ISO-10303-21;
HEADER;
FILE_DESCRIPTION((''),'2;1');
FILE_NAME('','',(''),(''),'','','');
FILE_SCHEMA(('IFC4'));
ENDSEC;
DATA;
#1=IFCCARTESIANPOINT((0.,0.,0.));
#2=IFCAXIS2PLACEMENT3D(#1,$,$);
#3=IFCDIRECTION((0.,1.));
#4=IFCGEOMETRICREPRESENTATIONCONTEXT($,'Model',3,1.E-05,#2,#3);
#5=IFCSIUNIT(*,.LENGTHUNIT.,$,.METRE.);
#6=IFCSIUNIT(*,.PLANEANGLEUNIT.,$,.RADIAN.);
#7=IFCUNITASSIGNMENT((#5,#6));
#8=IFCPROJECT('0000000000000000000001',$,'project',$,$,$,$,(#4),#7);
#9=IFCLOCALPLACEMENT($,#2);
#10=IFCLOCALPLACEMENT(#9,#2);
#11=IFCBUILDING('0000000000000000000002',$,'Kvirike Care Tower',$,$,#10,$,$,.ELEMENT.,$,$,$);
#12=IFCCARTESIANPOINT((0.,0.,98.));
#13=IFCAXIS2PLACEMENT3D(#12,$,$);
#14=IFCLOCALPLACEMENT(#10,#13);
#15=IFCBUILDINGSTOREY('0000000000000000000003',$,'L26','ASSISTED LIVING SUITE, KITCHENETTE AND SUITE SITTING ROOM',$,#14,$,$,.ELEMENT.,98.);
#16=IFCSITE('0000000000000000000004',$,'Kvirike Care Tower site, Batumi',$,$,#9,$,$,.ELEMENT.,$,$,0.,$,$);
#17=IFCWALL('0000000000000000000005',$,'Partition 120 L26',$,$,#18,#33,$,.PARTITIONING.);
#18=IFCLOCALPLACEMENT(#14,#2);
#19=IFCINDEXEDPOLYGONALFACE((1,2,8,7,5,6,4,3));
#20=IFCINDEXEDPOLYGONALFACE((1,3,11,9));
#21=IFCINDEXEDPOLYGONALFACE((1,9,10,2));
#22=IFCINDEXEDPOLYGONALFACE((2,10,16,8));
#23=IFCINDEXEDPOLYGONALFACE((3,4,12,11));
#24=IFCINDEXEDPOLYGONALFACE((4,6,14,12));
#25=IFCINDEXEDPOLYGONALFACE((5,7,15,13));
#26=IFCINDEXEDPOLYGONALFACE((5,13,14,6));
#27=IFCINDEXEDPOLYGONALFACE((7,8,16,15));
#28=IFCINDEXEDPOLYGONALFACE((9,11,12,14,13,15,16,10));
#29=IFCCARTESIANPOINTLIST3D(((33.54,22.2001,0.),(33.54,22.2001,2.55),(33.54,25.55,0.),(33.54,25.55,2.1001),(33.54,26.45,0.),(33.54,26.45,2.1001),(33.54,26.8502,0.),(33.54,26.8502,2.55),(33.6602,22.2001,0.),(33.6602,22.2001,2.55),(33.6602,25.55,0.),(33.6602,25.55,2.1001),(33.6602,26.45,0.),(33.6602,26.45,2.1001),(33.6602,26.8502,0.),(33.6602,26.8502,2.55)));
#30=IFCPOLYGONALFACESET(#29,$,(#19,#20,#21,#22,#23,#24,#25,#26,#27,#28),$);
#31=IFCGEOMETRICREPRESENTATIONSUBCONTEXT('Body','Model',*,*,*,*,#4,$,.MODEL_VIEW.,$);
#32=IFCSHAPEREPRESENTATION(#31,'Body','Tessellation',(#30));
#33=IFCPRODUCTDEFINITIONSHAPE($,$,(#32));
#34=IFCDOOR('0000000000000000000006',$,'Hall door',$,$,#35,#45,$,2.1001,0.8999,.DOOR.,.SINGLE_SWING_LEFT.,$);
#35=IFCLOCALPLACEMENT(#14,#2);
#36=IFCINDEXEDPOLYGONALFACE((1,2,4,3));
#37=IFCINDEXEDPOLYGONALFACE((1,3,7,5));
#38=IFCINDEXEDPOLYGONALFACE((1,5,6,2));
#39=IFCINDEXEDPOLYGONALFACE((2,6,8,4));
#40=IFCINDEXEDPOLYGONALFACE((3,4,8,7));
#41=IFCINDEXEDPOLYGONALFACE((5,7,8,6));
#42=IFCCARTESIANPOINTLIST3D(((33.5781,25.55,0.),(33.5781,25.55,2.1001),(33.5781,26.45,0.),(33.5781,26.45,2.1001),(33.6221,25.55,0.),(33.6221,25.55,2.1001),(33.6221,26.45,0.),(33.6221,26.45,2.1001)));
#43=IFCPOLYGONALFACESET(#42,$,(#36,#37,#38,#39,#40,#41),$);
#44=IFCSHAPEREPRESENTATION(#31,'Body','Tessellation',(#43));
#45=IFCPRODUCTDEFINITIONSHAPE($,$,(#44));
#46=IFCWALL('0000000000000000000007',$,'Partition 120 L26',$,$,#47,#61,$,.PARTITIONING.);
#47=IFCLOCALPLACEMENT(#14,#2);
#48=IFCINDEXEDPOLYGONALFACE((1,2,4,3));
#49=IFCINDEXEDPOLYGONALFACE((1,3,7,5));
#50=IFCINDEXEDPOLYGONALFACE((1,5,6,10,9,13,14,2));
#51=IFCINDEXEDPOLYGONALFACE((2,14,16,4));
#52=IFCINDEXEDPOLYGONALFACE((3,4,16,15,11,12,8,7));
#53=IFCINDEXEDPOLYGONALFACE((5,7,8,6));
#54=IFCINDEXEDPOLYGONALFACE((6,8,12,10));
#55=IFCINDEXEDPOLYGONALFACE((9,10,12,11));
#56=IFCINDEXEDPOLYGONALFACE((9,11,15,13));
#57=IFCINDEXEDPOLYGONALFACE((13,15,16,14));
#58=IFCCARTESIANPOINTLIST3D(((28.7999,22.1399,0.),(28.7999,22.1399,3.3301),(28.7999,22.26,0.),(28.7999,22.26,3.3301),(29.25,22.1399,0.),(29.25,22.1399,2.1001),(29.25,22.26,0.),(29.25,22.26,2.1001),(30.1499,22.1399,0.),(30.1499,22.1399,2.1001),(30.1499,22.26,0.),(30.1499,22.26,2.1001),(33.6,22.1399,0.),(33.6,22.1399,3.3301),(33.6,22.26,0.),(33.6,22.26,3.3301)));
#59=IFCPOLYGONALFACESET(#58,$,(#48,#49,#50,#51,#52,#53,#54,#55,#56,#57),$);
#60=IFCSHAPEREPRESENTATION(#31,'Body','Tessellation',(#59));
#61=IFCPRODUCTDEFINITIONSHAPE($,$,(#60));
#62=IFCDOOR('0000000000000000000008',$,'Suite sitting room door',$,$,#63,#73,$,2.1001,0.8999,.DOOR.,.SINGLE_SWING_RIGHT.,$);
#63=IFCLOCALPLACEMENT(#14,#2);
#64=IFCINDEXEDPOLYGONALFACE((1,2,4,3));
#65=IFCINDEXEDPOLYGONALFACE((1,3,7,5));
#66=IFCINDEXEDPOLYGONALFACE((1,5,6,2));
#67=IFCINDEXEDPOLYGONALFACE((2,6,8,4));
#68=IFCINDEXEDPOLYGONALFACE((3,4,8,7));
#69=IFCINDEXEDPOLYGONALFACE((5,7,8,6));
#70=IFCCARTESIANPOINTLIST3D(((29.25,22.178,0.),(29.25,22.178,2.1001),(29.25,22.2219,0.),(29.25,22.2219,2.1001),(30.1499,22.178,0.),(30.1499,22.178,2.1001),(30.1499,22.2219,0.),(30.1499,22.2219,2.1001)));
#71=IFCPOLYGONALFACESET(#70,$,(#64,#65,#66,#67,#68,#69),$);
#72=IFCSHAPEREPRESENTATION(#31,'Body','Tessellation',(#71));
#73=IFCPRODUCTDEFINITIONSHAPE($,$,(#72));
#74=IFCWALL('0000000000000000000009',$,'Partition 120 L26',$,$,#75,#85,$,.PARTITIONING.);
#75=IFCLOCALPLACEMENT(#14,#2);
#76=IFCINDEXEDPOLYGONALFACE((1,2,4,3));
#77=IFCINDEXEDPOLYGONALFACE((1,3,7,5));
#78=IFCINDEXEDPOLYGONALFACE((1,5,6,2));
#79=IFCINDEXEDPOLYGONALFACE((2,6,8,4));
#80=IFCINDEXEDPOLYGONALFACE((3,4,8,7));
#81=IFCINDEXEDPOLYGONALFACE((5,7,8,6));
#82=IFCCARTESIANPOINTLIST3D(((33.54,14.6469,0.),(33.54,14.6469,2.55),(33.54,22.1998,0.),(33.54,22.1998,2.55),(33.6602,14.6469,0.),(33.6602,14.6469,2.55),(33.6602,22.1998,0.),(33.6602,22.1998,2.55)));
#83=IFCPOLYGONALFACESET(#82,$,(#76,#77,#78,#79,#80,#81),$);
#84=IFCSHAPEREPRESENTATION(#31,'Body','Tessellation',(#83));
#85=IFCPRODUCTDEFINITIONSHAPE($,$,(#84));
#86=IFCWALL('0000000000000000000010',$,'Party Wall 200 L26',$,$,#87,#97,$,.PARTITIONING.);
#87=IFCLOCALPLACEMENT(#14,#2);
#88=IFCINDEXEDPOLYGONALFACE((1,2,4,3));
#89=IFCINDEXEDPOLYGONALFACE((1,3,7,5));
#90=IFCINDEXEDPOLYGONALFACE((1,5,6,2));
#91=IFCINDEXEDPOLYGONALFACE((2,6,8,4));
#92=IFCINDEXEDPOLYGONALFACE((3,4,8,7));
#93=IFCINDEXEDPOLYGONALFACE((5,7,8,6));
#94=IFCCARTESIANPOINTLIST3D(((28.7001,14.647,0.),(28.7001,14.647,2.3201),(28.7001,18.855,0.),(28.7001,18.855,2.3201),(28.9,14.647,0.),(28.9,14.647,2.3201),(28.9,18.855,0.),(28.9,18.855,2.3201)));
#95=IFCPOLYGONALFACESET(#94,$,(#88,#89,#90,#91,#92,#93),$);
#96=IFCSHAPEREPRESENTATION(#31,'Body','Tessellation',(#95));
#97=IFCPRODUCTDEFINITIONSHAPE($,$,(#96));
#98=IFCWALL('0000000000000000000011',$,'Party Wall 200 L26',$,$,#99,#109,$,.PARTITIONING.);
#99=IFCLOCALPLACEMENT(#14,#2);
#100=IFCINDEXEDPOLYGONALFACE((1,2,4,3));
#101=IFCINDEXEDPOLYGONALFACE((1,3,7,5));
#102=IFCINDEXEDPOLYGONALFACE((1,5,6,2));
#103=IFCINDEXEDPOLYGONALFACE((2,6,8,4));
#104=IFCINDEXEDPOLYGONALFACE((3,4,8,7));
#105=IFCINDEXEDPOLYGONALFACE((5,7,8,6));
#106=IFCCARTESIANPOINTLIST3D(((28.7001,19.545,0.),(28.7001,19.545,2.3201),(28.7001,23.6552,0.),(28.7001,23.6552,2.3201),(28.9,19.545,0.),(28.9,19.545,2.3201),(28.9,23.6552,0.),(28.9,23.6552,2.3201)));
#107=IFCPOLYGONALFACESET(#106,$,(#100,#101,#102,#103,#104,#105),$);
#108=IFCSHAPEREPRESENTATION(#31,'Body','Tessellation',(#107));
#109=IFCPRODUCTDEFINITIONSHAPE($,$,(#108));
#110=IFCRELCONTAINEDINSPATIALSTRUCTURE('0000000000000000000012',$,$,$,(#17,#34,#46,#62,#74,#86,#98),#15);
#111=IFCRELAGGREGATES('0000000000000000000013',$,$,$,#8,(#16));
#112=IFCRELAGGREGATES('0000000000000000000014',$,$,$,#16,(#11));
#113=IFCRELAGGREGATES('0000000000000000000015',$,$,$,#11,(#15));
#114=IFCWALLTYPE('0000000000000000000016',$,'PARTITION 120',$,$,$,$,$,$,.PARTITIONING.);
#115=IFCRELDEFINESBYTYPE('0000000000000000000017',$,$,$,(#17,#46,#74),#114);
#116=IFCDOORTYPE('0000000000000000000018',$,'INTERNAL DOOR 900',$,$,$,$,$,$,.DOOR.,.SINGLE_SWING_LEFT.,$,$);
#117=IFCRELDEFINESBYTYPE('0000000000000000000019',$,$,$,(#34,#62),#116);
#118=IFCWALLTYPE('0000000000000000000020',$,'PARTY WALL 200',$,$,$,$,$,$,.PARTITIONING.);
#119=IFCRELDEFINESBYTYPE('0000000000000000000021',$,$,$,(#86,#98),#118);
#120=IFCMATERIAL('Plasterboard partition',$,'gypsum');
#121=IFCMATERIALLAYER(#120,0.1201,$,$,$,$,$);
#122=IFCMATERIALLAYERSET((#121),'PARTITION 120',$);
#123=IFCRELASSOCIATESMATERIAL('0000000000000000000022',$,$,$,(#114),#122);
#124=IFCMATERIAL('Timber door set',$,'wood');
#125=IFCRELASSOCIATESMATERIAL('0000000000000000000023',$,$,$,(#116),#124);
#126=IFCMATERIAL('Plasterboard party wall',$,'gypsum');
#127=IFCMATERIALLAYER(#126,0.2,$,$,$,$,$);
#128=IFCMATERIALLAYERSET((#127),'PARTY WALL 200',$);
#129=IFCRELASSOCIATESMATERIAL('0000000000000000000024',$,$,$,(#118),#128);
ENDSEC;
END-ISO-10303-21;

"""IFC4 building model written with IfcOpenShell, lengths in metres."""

from ifc_helpers import new_model, si_unit, direction, frame, frame_2d, origin, place, context, subcontext, project, spatial, rectangle, extrude, material, layer, layer_set, type_object, element, fill, save


model = new_model("IFC4")

# Units and contexts
model_context = context("Model", 3, precision=1e-05, world=origin(), true_north=direction((0.0, 1.0)))
body_context = subcontext(model_context, "Body", "Model", "MODEL_VIEW")
ifc_project = project(units=[si_unit("LENGTHUNIT", "METRE"), si_unit("PLANEANGLEUNIT", "RADIAN")], contexts=[model_context])

# Site, building, storey
site_placement = place(None, origin())
site = spatial("IfcSite", under=ifc_project, at=site_placement, Name="Kvirike Care Tower site, Batumi", CompositionType="ELEMENT", RefElevation=0.0)
building_placement = place(site_placement, origin())
building = spatial("IfcBuilding", under=site, at=building_placement, Name="Kvirike Care Tower", CompositionType="ELEMENT")
storey_placement = place(building_placement, frame((0.0, 0.0, 98.0)))
storey = spatial("IfcBuildingStorey", under=building, at=storey_placement, Name="L26", Description="ASSISTED LIVING SUITE, KITCHENETTE AND SUITE SITTING ROOM", CompositionType="ELEMENT", Elevation=98.0)

# Walls, openings, doors
ifc_material_1 = material(Name="Plasterboard partition", Category="gypsum")
ifc_layer_1 = layer(ifc_material_1, 0.1201)
ifc_layer_set_1 = layer_set([ifc_layer_1], Name="PARTITION 120")
wall_type_1 = type_object("IfcWallType", Name="PARTITION 120", PredefinedType="PARTITIONING", material=ifc_layer_set_1)
wall_1_placement = place(storey_placement, frame((33.6001, 22.2, 0.0), z_axis=(0.0, 0.0, 1.0), x_axis=(0.0, 1.0, 0.0)))
wall_1 = element("IfcWall", 1, at=wall_1_placement, inside=storey, type_object=wall_type_1, Name="Partition 120 L26", PredefinedType="PARTITIONING", context=body_context, shape_type="SweptSolid", body=[
    extrude(rectangle(XDim=4.6501, YDim=0.1201, at=frame_2d((2.3252, 0.0))), origin(), (0.0, 0.0, 1.0), 2.55),
])
opening_1_placement = place(wall_1_placement, frame((3.3501, 0.0, 0.0)))
opening_1 = element("IfcOpeningElement", 2, at=opening_1_placement, cuts=wall_1, PredefinedType="OPENING", context=body_context, shape_type="SweptSolid", body=[
    extrude(rectangle(XDim=0.8999, YDim=2.1001, at=frame_2d((0.45, 1.05))), frame((0.0, 0.0706, 0.0), z_axis=(0.0, -1.0, 0.0), x_axis=(1.0, 0.0, 0.0)), (0.0, 0.0, 1.0), 0.1411),
])
ifc_material_2 = material(Name="Timber door set", Category="wood")
door_type = type_object("IfcDoorType", Name="INTERNAL DOOR 900", OperationType="SINGLE_SWING_LEFT", PredefinedType="DOOR", material=ifc_material_2)
door_1_placement = place(opening_1_placement, origin())
door_1 = element("IfcDoor", 3, at=door_1_placement, inside=storey, type_object=door_type, Name="Hall door", OperationType="SINGLE_SWING_LEFT", OverallHeight=2.1001, OverallWidth=0.8999, PredefinedType="DOOR", context=body_context, shape_type="SweptSolid", body=[
    extrude(rectangle(XDim=0.8999, YDim=2.1001, at=frame_2d((0.45, 1.05))), frame((0.0, 0.022, 0.0), z_axis=(0.0, -1.0, 0.0), x_axis=(1.0, 0.0, 0.0)), (0.0, 0.0, 1.0), 0.0439),
])
fill(opening_1, door_1)
wall_2_placement = place(storey_placement, frame((28.8, 22.2, 0.0), z_axis=(0.0, 0.0, 1.0), x_axis=(1.0, 0.0, 0.0)))
wall_2 = element("IfcWall", 4, at=wall_2_placement, inside=storey, type_object=wall_type_1, Name="Partition 120 L26", PredefinedType="PARTITIONING", context=body_context, shape_type="SweptSolid", body=[
    extrude(rectangle(XDim=4.8, YDim=0.1201, at=frame_2d((2.3999, 0.0))), origin(), (0.0, 0.0, 1.0), 3.3301),
])
opening_2_placement = place(wall_2_placement, frame((0.45, 0.0, 0.0)))
opening_2 = element("IfcOpeningElement", 5, at=opening_2_placement, cuts=wall_2, PredefinedType="OPENING", context=body_context, shape_type="SweptSolid", body=[
    extrude(rectangle(XDim=0.8999, YDim=2.1001, at=frame_2d((0.45, 1.05))), frame((0.0, 0.0706, 0.0), z_axis=(0.0, -1.0, 0.0), x_axis=(1.0, 0.0, 0.0)), (0.0, 0.0, 1.0), 0.1411),
])
door_2_placement = place(opening_2_placement, origin())
door_2 = element("IfcDoor", 6, at=door_2_placement, inside=storey, type_object=door_type, Name="Suite sitting room door", OperationType="SINGLE_SWING_RIGHT", OverallHeight=2.1001, OverallWidth=0.8999, PredefinedType="DOOR", context=body_context, shape_type="SweptSolid", body=[
    extrude(rectangle(XDim=0.8999, YDim=2.1001, at=frame_2d((0.45, 1.05))), frame((0.0, 0.022, 0.0), z_axis=(0.0, -1.0, 0.0), x_axis=(1.0, 0.0, 0.0)), (0.0, 0.0, 1.0), 0.0439),
])
fill(opening_2, door_2)

# Walls
wall_3_placement = place(storey_placement, frame((33.6001, 14.647, 0.0), z_axis=(0.0, 0.0, 1.0), x_axis=(0.0, 1.0, 0.0)))
element("IfcWall", 7, at=wall_3_placement, inside=storey, type_object=wall_type_1, Name="Partition 120 L26", PredefinedType="PARTITIONING", context=body_context, shape_type="SweptSolid", body=[
    extrude(rectangle(XDim=7.553, YDim=0.1201, at=frame_2d((3.7764, 0.0))), origin(), (0.0, 0.0, 1.0), 2.55),
])
ifc_material_3 = material(Name="Plasterboard party wall", Category="gypsum")
ifc_layer_2 = layer(ifc_material_3, 0.2)
ifc_layer_set_2 = layer_set([ifc_layer_2], Name="PARTY WALL 200")
wall_type_2 = type_object("IfcWallType", Name="PARTY WALL 200", PredefinedType="PARTITIONING", material=ifc_layer_set_2)
wall_4_placement = place(storey_placement, frame((28.8, 14.647, 0.0), z_axis=(0.0, 0.0, 1.0), x_axis=(0.0, 1.0, 0.0)))
element("IfcWall", 8, at=wall_4_placement, inside=storey, type_object=wall_type_2, Name="Party Wall 200 L26", PredefinedType="PARTITIONING", context=body_context, shape_type="SweptSolid", body=[
    extrude(rectangle(XDim=4.208, YDim=0.2, at=frame_2d((2.104, 0.0))), origin(), (0.0, 0.0, 1.0), 2.3201),
])
wall_5_placement = place(storey_placement, frame((28.8, 19.5449, 0.0), z_axis=(0.0, 0.0, 1.0), x_axis=(0.0, 1.0, 0.0)))
element("IfcWall", 9, at=wall_5_placement, inside=storey, type_object=wall_type_2, Name="Party Wall 200 L26", PredefinedType="PARTITIONING", context=body_context, shape_type="SweptSolid", body=[
    extrude(rectangle(XDim=4.1101, YDim=0.2, at=frame_2d((2.0552, 0.0))), origin(), (0.0, 0.0, 1.0), 2.3201),
])

save(model, "model.ifc")
